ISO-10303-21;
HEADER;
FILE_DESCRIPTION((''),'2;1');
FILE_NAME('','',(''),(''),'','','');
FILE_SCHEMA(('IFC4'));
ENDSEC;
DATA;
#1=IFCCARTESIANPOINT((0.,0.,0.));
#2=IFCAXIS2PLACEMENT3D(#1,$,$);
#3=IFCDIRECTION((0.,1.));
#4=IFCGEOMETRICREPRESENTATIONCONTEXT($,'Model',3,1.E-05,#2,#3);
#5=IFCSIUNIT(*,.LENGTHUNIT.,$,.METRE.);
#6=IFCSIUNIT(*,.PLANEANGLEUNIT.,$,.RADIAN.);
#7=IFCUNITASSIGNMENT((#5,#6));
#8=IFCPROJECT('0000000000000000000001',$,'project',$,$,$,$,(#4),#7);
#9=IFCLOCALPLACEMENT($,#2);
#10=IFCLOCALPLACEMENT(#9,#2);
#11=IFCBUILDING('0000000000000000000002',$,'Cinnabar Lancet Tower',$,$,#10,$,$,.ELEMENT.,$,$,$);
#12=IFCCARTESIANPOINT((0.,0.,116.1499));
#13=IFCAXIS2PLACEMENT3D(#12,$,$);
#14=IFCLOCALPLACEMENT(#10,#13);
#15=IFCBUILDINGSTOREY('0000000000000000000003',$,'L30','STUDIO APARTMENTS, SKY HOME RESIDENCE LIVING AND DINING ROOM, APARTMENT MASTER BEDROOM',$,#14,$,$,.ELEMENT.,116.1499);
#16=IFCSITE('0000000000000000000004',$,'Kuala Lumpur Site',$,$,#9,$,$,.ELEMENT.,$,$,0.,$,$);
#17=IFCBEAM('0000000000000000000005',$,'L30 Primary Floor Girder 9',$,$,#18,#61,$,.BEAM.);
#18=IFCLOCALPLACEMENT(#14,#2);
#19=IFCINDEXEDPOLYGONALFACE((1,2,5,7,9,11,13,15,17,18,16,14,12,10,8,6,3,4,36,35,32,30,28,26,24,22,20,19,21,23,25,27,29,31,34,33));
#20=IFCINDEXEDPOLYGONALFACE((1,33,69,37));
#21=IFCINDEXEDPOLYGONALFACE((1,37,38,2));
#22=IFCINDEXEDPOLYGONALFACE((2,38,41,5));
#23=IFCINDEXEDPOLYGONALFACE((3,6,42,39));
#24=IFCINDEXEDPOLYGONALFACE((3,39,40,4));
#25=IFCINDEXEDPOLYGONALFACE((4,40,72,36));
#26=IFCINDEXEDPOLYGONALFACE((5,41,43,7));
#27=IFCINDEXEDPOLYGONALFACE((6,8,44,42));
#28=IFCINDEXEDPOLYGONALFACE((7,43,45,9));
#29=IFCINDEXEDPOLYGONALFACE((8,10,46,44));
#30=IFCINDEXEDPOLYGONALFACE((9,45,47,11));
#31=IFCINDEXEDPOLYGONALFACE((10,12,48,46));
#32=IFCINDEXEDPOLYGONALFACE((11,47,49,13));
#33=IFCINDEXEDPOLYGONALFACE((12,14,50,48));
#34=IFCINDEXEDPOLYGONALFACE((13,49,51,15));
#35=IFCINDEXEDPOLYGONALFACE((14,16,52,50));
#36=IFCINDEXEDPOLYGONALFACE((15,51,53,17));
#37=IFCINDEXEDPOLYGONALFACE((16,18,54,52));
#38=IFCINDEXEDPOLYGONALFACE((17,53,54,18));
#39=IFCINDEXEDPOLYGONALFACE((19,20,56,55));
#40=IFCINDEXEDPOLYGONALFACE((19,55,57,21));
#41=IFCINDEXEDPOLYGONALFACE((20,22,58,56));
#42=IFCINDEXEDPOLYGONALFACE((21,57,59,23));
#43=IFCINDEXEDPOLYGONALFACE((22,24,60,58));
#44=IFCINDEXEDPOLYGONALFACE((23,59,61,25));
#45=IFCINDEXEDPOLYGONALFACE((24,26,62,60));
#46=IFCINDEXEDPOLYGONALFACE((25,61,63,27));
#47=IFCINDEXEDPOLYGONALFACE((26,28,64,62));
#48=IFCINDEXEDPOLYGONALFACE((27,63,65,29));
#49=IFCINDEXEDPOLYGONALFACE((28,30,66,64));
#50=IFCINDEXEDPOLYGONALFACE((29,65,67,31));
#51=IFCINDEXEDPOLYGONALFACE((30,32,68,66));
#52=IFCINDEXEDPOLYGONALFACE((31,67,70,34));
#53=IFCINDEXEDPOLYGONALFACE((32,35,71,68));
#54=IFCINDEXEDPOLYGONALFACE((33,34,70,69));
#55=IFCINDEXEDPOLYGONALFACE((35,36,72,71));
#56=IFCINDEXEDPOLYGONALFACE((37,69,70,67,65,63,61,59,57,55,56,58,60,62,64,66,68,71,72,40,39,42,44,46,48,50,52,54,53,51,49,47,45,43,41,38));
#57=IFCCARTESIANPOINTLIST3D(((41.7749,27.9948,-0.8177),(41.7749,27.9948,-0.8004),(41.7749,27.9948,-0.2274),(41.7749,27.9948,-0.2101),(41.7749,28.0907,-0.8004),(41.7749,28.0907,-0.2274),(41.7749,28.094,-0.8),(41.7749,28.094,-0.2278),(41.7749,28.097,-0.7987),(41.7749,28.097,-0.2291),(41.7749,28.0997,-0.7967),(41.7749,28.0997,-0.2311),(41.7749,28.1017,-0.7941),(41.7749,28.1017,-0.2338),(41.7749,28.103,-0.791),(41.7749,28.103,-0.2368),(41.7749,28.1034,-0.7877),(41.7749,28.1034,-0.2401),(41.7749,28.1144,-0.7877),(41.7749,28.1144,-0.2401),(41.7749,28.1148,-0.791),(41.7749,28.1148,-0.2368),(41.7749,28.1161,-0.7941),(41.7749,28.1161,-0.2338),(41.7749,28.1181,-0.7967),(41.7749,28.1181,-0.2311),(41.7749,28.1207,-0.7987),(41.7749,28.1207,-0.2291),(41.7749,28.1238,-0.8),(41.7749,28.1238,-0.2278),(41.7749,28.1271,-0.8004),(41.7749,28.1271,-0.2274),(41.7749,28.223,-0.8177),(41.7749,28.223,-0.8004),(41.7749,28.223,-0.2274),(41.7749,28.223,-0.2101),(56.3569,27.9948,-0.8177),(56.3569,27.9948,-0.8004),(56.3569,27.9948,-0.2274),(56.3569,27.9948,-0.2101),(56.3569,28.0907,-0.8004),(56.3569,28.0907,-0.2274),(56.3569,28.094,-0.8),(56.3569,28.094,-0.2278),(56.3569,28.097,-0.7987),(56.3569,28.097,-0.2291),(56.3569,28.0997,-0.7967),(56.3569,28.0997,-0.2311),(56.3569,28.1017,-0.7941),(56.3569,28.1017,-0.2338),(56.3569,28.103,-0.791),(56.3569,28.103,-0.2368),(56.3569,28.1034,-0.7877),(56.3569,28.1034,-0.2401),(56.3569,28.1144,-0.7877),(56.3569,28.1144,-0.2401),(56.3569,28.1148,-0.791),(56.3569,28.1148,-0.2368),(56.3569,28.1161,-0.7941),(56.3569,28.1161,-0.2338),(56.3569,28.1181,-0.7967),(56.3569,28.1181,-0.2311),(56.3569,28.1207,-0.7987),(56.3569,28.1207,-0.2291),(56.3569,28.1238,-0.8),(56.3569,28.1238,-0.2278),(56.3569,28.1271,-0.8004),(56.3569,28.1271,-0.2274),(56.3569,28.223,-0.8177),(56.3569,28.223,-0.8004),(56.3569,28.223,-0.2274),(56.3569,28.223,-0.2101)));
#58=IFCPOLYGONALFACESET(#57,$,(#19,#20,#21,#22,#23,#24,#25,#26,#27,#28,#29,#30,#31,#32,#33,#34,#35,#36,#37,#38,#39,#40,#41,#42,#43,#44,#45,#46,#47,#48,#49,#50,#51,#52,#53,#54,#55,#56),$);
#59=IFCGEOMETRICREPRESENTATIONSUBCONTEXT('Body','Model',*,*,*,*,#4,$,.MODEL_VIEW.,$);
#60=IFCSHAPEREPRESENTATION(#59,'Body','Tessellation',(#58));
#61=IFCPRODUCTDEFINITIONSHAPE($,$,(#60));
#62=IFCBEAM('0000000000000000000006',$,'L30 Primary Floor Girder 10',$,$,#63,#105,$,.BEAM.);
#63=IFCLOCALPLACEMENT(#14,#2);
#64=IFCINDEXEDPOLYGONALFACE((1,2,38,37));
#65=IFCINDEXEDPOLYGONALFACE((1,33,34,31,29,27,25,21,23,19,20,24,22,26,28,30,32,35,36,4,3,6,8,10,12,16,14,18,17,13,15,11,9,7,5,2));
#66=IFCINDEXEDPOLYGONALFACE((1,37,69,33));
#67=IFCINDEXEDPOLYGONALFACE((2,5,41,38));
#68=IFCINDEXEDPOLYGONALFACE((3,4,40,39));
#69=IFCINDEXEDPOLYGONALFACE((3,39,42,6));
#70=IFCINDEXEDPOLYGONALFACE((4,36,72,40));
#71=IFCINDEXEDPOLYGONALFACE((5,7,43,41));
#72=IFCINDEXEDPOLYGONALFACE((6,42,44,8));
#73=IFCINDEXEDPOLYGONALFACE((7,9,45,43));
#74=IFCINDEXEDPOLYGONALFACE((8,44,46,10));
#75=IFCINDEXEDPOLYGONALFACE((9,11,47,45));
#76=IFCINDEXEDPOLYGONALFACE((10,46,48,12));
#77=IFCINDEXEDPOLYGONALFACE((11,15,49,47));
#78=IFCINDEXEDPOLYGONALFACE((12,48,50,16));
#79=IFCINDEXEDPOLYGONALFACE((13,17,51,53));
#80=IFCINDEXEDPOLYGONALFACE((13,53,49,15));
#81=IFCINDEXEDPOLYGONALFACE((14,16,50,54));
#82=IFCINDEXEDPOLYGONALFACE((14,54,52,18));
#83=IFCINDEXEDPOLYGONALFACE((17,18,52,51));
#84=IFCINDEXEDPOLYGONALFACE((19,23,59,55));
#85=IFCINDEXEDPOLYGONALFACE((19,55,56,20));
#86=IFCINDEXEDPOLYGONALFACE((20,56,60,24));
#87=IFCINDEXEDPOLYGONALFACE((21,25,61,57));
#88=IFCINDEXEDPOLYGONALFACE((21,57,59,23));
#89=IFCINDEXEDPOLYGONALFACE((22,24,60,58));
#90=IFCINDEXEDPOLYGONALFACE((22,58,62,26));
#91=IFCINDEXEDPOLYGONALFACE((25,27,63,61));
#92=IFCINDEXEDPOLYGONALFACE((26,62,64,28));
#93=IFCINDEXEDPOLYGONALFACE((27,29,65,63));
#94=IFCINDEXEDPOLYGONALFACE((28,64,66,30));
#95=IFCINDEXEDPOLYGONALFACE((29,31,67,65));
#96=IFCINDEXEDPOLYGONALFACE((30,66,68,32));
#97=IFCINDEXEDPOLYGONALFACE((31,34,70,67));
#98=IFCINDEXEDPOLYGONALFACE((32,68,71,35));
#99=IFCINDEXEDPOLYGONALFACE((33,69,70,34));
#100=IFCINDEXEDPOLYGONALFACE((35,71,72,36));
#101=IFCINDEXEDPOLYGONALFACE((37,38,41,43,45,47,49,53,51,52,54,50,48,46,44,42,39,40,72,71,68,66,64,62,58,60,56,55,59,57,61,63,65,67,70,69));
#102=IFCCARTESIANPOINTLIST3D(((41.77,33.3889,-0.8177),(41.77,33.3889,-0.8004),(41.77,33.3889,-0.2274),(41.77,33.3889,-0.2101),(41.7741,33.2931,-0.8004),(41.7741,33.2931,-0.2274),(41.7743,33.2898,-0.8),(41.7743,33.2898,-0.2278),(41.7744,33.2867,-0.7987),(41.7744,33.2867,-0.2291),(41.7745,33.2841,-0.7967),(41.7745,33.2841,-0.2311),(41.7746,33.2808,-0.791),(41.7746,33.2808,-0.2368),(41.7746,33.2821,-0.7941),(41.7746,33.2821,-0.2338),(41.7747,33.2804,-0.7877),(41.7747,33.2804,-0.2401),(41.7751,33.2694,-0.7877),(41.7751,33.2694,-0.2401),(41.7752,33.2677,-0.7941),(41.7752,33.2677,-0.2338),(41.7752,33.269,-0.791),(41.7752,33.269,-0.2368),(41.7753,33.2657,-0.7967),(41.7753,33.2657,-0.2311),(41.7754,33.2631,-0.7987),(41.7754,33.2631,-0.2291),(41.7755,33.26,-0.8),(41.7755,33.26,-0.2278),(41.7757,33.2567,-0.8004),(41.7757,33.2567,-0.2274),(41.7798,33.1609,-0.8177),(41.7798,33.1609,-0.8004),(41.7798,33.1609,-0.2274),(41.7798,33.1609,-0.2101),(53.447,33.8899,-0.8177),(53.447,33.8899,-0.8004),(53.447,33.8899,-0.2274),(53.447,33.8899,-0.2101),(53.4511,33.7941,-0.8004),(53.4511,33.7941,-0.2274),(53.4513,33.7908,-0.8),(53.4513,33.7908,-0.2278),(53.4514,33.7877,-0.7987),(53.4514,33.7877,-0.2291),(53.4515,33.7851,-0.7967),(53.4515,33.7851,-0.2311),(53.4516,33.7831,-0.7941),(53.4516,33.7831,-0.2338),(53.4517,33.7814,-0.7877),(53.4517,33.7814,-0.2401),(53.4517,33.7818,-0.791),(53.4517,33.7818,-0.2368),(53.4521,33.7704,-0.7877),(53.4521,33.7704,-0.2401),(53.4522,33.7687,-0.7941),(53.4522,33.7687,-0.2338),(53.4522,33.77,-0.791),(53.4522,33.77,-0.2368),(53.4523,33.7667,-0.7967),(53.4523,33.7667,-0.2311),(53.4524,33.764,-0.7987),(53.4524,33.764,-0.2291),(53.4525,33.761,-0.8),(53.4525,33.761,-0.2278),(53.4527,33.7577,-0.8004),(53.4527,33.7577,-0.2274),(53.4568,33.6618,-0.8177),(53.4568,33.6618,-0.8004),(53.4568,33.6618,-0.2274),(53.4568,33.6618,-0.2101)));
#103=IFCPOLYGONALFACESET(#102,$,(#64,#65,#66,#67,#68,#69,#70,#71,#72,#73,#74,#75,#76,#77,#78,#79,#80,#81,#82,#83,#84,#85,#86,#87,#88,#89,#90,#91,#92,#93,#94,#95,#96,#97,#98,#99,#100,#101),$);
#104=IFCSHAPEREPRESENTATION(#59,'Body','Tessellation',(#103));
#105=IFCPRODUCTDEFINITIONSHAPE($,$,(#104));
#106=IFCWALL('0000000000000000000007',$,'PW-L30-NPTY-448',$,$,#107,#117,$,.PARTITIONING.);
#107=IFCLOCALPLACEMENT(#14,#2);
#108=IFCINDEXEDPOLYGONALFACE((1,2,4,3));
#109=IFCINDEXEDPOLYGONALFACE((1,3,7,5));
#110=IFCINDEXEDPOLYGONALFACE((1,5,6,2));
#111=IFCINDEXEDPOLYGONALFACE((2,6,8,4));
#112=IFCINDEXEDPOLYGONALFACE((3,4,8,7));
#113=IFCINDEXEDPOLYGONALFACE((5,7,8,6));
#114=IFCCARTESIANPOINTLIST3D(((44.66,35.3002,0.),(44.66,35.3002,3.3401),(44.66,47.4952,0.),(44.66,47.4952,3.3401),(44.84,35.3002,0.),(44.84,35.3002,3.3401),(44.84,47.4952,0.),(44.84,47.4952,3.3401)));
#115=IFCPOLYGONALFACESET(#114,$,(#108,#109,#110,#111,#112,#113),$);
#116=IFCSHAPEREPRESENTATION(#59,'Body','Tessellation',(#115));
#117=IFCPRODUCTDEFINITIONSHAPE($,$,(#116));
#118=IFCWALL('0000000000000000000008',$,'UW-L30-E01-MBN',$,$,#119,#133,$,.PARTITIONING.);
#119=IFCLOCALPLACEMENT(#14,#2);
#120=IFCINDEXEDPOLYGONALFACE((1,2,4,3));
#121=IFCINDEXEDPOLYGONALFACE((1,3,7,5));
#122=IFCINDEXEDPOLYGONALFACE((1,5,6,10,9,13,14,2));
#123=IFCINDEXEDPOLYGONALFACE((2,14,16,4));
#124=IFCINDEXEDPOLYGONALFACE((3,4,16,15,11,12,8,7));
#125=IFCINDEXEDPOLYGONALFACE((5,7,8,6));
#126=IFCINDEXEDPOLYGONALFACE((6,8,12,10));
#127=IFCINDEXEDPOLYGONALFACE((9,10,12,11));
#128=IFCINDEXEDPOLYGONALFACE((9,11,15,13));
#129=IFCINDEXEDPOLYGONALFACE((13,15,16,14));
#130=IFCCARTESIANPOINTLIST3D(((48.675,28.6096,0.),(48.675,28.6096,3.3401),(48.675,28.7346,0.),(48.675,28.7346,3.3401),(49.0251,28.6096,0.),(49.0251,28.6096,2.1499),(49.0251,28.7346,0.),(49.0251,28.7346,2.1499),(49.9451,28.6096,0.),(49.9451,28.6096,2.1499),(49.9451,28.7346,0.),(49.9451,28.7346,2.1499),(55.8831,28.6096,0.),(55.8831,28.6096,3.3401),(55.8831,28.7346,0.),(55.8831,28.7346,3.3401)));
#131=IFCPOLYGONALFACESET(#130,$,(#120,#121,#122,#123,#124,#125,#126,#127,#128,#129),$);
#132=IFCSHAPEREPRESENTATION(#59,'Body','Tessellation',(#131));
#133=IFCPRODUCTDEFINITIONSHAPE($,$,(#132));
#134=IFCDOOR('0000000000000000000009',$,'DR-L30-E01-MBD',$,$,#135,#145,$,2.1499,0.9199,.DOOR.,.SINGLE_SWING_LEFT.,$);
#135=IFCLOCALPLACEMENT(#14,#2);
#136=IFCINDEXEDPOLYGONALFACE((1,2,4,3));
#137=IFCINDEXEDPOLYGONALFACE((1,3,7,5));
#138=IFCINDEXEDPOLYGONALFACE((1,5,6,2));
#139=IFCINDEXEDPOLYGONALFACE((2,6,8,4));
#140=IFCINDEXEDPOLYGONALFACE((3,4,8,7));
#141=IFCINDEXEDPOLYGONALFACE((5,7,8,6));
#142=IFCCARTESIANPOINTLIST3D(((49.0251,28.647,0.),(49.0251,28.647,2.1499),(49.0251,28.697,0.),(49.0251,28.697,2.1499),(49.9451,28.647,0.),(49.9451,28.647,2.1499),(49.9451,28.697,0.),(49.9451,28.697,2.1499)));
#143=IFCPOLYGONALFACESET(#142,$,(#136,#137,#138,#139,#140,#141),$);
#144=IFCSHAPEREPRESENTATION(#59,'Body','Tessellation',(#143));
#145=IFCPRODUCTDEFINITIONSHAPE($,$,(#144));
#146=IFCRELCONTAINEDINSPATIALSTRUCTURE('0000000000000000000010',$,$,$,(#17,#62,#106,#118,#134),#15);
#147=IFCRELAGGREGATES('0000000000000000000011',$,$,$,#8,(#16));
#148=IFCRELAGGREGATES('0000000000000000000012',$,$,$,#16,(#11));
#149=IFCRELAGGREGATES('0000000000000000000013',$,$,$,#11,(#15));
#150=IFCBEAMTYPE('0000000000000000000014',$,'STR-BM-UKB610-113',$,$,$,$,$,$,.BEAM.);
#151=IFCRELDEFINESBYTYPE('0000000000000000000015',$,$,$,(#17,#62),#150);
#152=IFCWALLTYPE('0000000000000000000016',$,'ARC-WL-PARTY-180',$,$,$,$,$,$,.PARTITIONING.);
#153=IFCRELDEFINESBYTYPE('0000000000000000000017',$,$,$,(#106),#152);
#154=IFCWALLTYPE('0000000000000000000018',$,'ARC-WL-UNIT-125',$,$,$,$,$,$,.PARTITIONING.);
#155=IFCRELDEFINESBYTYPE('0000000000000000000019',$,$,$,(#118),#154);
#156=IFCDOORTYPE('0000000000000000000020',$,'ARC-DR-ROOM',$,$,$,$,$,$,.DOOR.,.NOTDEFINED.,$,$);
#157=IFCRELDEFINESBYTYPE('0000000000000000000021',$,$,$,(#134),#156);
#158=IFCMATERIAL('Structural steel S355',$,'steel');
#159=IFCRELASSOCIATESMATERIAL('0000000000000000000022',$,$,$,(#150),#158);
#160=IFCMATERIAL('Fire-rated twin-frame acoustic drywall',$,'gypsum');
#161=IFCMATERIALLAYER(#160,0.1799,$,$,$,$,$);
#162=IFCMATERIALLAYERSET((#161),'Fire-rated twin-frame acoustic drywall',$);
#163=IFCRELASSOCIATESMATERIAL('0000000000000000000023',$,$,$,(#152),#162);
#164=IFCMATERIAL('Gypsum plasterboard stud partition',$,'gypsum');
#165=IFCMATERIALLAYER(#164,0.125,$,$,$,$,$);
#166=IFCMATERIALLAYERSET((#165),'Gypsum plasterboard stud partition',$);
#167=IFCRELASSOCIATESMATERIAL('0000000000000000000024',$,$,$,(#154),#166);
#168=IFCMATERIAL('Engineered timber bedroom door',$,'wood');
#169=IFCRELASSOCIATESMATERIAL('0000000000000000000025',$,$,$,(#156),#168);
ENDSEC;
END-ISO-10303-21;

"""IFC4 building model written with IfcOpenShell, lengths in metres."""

from ifc_helpers import new_model, si_unit, direction, frame, frame_2d, origin, origin_2d, place, context, subcontext, project, spatial, rectangle, i_section, extrude, material, layer, layer_set, material_profile, profile_set, type_object, element, fill, save


model = new_model("IFC4")

# Units and contexts
model_context = context("Model", 3, precision=1e-05, world=origin(), true_north=direction((0.0, 1.0)))
body_context = subcontext(model_context, "Body", "Model", "MODEL_VIEW")
ifc_project = project(units=[si_unit("LENGTHUNIT", "METRE"), si_unit("PLANEANGLEUNIT", "RADIAN")], contexts=[model_context])

# Site, building, storey
site_placement = place(None, origin())
site = spatial("IfcSite", under=ifc_project, at=site_placement, Name="Kuala Lumpur Site", CompositionType="ELEMENT", RefElevation=0.0)
building_placement = place(site_placement, origin())
building = spatial("IfcBuilding", under=site, at=building_placement, Name="Cinnabar Lancet Tower", CompositionType="ELEMENT")
storey_placement = place(building_placement, frame((0.0, 0.0, 116.1499)))
storey = spatial("IfcBuildingStorey", under=building, at=storey_placement, Name="L30", Description="STUDIO APARTMENTS, SKY HOME RESIDENCE LIVING AND DINING ROOM, APARTMENT MASTER BEDROOM", CompositionType="ELEMENT", Elevation=116.1499)

# Beams
ifc_material_1 = material(Name="Structural steel S355", Category="steel")
ifc_material_profile_1 = material_profile(ifc_material_1, i_section(OverallWidth=0.2283, OverallDepth=0.6077, WebThickness=0.011, FlangeThickness=0.0173, FilletRadius=0.0127, at=origin_2d()), Name="UKB 610x229x113")
ifc_profile_set_1 = profile_set([ifc_material_profile_1], Name="Structural steel S355")
beam_type_1 = type_object("IfcBeamType", Name="STR-BM-UKB610-113", PredefinedType="BEAM", material=ifc_profile_set_1)
beam_1_placement = place(storey_placement, frame((56.3569, 28.1089, -0.5139), z_axis=(-1.0, 0.0, 0.0), x_axis=(0.0, -1.0, 0.0)))
element("IfcBeam", 1, at=beam_1_placement, inside=storey, type_object=beam_type_1, Name="L30 Primary Floor Girder 9", PredefinedType="BEAM", context=body_context, shape_type="SweptSolid", body=[
    extrude(i_section(OverallWidth=0.2283, OverallDepth=0.6077, WebThickness=0.011, FlangeThickness=0.0173, FilletRadius=0.0127, at=origin_2d()), origin(), (0.0, 0.0, 1.0), 14.582),
])
beam_2_placement = place(storey_placement, frame((53.4519, 33.7759, -0.5139), z_axis=(-0.999081, -0.042863, 0.0), x_axis=(0.042863, -0.999081, 0.0)))
element("IfcBeam", 2, at=beam_2_placement, inside=storey, type_object=beam_type_1, Name="L30 Primary Floor Girder 10", PredefinedType="BEAM", context=body_context, shape_type="SweptSolid", body=[
    extrude(i_section(OverallWidth=0.2283, OverallDepth=0.6077, WebThickness=0.011, FlangeThickness=0.0173, FilletRadius=0.0127, at=origin_2d()), origin(), (0.0, 0.0, 1.0), 11.6877),
])

# Wall
ifc_material_2 = material(Name="Fire-rated twin-frame acoustic drywall", Category="gypsum")
ifc_layer_1 = layer(ifc_material_2, 0.1799)
ifc_layer_set_1 = layer_set([ifc_layer_1], Name="Fire-rated twin-frame acoustic drywall")
wall_type_1 = type_object("IfcWallType", Name="ARC-WL-PARTY-180", PredefinedType="PARTITIONING", material=ifc_layer_set_1)
wall_1_placement = place(storey_placement, frame((44.75, 35.3, 0.0), z_axis=(0.0, 0.0, 1.0), x_axis=(0.0, 1.0, 0.0)))
element("IfcWall", 3, at=wall_1_placement, inside=storey, type_object=wall_type_1, Name="PW-L30-NPTY-448", PredefinedType="PARTITIONING", context=body_context, shape_type="SweptSolid", body=[
    extrude(rectangle(XDim=12.1951, YDim=0.1799, at=frame_2d((6.0977, 0.0))), origin(), (0.0, 0.0, 1.0), 3.3401),
])

# Wall, opening, door
ifc_material_3 = material(Name="Gypsum plasterboard stud partition", Category="gypsum")
ifc_layer_2 = layer(ifc_material_3, 0.125)
ifc_layer_set_2 = layer_set([ifc_layer_2], Name="Gypsum plasterboard stud partition")
wall_type_2 = type_object("IfcWallType", Name="ARC-WL-UNIT-125", PredefinedType="PARTITIONING", material=ifc_layer_set_2)
wall_2_placement = place(storey_placement, frame((48.675, 28.6721, 0.0), z_axis=(0.0, 0.0, 1.0), x_axis=(1.0, 0.0, 0.0)))
wall_2 = element("IfcWall", 4, at=wall_2_placement, inside=storey, type_object=wall_type_2, Name="UW-L30-E01-MBN", PredefinedType="PARTITIONING", context=body_context, shape_type="SweptSolid", body=[
    extrude(rectangle(XDim=7.208, YDim=0.125, at=frame_2d((3.604, 0.0))), origin(), (0.0, 0.0, 1.0), 3.3401),
])
opening_1_placement = place(wall_2_placement, frame((0.3501, 0.0, 0.0)))
opening_1 = element("IfcOpeningElement", 5, at=opening_1_placement, cuts=wall_2, PredefinedType="OPENING", context=body_context, shape_type="SweptSolid", body=[
    extrude(rectangle(XDim=0.9199, YDim=2.1499, at=frame_2d((0.46, 1.075))), frame((0.0, 0.0725, 0.0), z_axis=(0.0, -1.0, 0.0), x_axis=(1.0, 0.0, 0.0)), (0.0, 0.0, 1.0), 0.145),
])
ifc_material_4 = material(Name="Engineered timber bedroom door", Category="wood")
door_type_1 = type_object("IfcDoorType", Name="ARC-DR-ROOM", OperationType="NOTDEFINED", PredefinedType="DOOR", material=ifc_material_4)
door_1_placement = place(opening_1_placement, origin())
door_1 = element("IfcDoor", 6, at=door_1_placement, inside=storey, type_object=door_type_1, Name="DR-L30-E01-MBD", OperationType="SINGLE_SWING_LEFT", OverallHeight=2.1499, OverallWidth=0.9199, PredefinedType="DOOR", context=body_context, shape_type="SweptSolid", body=[
    extrude(rectangle(XDim=0.9199, YDim=2.1499, at=frame_2d((0.46, 1.075))), frame((0.0, 0.0249, 0.0), z_axis=(0.0, -1.0, 0.0), x_axis=(1.0, 0.0, 0.0)), (0.0, 0.0, 1.0), 0.05),
])
fill(opening_1, door_1)

save(model, "model.ifc")
